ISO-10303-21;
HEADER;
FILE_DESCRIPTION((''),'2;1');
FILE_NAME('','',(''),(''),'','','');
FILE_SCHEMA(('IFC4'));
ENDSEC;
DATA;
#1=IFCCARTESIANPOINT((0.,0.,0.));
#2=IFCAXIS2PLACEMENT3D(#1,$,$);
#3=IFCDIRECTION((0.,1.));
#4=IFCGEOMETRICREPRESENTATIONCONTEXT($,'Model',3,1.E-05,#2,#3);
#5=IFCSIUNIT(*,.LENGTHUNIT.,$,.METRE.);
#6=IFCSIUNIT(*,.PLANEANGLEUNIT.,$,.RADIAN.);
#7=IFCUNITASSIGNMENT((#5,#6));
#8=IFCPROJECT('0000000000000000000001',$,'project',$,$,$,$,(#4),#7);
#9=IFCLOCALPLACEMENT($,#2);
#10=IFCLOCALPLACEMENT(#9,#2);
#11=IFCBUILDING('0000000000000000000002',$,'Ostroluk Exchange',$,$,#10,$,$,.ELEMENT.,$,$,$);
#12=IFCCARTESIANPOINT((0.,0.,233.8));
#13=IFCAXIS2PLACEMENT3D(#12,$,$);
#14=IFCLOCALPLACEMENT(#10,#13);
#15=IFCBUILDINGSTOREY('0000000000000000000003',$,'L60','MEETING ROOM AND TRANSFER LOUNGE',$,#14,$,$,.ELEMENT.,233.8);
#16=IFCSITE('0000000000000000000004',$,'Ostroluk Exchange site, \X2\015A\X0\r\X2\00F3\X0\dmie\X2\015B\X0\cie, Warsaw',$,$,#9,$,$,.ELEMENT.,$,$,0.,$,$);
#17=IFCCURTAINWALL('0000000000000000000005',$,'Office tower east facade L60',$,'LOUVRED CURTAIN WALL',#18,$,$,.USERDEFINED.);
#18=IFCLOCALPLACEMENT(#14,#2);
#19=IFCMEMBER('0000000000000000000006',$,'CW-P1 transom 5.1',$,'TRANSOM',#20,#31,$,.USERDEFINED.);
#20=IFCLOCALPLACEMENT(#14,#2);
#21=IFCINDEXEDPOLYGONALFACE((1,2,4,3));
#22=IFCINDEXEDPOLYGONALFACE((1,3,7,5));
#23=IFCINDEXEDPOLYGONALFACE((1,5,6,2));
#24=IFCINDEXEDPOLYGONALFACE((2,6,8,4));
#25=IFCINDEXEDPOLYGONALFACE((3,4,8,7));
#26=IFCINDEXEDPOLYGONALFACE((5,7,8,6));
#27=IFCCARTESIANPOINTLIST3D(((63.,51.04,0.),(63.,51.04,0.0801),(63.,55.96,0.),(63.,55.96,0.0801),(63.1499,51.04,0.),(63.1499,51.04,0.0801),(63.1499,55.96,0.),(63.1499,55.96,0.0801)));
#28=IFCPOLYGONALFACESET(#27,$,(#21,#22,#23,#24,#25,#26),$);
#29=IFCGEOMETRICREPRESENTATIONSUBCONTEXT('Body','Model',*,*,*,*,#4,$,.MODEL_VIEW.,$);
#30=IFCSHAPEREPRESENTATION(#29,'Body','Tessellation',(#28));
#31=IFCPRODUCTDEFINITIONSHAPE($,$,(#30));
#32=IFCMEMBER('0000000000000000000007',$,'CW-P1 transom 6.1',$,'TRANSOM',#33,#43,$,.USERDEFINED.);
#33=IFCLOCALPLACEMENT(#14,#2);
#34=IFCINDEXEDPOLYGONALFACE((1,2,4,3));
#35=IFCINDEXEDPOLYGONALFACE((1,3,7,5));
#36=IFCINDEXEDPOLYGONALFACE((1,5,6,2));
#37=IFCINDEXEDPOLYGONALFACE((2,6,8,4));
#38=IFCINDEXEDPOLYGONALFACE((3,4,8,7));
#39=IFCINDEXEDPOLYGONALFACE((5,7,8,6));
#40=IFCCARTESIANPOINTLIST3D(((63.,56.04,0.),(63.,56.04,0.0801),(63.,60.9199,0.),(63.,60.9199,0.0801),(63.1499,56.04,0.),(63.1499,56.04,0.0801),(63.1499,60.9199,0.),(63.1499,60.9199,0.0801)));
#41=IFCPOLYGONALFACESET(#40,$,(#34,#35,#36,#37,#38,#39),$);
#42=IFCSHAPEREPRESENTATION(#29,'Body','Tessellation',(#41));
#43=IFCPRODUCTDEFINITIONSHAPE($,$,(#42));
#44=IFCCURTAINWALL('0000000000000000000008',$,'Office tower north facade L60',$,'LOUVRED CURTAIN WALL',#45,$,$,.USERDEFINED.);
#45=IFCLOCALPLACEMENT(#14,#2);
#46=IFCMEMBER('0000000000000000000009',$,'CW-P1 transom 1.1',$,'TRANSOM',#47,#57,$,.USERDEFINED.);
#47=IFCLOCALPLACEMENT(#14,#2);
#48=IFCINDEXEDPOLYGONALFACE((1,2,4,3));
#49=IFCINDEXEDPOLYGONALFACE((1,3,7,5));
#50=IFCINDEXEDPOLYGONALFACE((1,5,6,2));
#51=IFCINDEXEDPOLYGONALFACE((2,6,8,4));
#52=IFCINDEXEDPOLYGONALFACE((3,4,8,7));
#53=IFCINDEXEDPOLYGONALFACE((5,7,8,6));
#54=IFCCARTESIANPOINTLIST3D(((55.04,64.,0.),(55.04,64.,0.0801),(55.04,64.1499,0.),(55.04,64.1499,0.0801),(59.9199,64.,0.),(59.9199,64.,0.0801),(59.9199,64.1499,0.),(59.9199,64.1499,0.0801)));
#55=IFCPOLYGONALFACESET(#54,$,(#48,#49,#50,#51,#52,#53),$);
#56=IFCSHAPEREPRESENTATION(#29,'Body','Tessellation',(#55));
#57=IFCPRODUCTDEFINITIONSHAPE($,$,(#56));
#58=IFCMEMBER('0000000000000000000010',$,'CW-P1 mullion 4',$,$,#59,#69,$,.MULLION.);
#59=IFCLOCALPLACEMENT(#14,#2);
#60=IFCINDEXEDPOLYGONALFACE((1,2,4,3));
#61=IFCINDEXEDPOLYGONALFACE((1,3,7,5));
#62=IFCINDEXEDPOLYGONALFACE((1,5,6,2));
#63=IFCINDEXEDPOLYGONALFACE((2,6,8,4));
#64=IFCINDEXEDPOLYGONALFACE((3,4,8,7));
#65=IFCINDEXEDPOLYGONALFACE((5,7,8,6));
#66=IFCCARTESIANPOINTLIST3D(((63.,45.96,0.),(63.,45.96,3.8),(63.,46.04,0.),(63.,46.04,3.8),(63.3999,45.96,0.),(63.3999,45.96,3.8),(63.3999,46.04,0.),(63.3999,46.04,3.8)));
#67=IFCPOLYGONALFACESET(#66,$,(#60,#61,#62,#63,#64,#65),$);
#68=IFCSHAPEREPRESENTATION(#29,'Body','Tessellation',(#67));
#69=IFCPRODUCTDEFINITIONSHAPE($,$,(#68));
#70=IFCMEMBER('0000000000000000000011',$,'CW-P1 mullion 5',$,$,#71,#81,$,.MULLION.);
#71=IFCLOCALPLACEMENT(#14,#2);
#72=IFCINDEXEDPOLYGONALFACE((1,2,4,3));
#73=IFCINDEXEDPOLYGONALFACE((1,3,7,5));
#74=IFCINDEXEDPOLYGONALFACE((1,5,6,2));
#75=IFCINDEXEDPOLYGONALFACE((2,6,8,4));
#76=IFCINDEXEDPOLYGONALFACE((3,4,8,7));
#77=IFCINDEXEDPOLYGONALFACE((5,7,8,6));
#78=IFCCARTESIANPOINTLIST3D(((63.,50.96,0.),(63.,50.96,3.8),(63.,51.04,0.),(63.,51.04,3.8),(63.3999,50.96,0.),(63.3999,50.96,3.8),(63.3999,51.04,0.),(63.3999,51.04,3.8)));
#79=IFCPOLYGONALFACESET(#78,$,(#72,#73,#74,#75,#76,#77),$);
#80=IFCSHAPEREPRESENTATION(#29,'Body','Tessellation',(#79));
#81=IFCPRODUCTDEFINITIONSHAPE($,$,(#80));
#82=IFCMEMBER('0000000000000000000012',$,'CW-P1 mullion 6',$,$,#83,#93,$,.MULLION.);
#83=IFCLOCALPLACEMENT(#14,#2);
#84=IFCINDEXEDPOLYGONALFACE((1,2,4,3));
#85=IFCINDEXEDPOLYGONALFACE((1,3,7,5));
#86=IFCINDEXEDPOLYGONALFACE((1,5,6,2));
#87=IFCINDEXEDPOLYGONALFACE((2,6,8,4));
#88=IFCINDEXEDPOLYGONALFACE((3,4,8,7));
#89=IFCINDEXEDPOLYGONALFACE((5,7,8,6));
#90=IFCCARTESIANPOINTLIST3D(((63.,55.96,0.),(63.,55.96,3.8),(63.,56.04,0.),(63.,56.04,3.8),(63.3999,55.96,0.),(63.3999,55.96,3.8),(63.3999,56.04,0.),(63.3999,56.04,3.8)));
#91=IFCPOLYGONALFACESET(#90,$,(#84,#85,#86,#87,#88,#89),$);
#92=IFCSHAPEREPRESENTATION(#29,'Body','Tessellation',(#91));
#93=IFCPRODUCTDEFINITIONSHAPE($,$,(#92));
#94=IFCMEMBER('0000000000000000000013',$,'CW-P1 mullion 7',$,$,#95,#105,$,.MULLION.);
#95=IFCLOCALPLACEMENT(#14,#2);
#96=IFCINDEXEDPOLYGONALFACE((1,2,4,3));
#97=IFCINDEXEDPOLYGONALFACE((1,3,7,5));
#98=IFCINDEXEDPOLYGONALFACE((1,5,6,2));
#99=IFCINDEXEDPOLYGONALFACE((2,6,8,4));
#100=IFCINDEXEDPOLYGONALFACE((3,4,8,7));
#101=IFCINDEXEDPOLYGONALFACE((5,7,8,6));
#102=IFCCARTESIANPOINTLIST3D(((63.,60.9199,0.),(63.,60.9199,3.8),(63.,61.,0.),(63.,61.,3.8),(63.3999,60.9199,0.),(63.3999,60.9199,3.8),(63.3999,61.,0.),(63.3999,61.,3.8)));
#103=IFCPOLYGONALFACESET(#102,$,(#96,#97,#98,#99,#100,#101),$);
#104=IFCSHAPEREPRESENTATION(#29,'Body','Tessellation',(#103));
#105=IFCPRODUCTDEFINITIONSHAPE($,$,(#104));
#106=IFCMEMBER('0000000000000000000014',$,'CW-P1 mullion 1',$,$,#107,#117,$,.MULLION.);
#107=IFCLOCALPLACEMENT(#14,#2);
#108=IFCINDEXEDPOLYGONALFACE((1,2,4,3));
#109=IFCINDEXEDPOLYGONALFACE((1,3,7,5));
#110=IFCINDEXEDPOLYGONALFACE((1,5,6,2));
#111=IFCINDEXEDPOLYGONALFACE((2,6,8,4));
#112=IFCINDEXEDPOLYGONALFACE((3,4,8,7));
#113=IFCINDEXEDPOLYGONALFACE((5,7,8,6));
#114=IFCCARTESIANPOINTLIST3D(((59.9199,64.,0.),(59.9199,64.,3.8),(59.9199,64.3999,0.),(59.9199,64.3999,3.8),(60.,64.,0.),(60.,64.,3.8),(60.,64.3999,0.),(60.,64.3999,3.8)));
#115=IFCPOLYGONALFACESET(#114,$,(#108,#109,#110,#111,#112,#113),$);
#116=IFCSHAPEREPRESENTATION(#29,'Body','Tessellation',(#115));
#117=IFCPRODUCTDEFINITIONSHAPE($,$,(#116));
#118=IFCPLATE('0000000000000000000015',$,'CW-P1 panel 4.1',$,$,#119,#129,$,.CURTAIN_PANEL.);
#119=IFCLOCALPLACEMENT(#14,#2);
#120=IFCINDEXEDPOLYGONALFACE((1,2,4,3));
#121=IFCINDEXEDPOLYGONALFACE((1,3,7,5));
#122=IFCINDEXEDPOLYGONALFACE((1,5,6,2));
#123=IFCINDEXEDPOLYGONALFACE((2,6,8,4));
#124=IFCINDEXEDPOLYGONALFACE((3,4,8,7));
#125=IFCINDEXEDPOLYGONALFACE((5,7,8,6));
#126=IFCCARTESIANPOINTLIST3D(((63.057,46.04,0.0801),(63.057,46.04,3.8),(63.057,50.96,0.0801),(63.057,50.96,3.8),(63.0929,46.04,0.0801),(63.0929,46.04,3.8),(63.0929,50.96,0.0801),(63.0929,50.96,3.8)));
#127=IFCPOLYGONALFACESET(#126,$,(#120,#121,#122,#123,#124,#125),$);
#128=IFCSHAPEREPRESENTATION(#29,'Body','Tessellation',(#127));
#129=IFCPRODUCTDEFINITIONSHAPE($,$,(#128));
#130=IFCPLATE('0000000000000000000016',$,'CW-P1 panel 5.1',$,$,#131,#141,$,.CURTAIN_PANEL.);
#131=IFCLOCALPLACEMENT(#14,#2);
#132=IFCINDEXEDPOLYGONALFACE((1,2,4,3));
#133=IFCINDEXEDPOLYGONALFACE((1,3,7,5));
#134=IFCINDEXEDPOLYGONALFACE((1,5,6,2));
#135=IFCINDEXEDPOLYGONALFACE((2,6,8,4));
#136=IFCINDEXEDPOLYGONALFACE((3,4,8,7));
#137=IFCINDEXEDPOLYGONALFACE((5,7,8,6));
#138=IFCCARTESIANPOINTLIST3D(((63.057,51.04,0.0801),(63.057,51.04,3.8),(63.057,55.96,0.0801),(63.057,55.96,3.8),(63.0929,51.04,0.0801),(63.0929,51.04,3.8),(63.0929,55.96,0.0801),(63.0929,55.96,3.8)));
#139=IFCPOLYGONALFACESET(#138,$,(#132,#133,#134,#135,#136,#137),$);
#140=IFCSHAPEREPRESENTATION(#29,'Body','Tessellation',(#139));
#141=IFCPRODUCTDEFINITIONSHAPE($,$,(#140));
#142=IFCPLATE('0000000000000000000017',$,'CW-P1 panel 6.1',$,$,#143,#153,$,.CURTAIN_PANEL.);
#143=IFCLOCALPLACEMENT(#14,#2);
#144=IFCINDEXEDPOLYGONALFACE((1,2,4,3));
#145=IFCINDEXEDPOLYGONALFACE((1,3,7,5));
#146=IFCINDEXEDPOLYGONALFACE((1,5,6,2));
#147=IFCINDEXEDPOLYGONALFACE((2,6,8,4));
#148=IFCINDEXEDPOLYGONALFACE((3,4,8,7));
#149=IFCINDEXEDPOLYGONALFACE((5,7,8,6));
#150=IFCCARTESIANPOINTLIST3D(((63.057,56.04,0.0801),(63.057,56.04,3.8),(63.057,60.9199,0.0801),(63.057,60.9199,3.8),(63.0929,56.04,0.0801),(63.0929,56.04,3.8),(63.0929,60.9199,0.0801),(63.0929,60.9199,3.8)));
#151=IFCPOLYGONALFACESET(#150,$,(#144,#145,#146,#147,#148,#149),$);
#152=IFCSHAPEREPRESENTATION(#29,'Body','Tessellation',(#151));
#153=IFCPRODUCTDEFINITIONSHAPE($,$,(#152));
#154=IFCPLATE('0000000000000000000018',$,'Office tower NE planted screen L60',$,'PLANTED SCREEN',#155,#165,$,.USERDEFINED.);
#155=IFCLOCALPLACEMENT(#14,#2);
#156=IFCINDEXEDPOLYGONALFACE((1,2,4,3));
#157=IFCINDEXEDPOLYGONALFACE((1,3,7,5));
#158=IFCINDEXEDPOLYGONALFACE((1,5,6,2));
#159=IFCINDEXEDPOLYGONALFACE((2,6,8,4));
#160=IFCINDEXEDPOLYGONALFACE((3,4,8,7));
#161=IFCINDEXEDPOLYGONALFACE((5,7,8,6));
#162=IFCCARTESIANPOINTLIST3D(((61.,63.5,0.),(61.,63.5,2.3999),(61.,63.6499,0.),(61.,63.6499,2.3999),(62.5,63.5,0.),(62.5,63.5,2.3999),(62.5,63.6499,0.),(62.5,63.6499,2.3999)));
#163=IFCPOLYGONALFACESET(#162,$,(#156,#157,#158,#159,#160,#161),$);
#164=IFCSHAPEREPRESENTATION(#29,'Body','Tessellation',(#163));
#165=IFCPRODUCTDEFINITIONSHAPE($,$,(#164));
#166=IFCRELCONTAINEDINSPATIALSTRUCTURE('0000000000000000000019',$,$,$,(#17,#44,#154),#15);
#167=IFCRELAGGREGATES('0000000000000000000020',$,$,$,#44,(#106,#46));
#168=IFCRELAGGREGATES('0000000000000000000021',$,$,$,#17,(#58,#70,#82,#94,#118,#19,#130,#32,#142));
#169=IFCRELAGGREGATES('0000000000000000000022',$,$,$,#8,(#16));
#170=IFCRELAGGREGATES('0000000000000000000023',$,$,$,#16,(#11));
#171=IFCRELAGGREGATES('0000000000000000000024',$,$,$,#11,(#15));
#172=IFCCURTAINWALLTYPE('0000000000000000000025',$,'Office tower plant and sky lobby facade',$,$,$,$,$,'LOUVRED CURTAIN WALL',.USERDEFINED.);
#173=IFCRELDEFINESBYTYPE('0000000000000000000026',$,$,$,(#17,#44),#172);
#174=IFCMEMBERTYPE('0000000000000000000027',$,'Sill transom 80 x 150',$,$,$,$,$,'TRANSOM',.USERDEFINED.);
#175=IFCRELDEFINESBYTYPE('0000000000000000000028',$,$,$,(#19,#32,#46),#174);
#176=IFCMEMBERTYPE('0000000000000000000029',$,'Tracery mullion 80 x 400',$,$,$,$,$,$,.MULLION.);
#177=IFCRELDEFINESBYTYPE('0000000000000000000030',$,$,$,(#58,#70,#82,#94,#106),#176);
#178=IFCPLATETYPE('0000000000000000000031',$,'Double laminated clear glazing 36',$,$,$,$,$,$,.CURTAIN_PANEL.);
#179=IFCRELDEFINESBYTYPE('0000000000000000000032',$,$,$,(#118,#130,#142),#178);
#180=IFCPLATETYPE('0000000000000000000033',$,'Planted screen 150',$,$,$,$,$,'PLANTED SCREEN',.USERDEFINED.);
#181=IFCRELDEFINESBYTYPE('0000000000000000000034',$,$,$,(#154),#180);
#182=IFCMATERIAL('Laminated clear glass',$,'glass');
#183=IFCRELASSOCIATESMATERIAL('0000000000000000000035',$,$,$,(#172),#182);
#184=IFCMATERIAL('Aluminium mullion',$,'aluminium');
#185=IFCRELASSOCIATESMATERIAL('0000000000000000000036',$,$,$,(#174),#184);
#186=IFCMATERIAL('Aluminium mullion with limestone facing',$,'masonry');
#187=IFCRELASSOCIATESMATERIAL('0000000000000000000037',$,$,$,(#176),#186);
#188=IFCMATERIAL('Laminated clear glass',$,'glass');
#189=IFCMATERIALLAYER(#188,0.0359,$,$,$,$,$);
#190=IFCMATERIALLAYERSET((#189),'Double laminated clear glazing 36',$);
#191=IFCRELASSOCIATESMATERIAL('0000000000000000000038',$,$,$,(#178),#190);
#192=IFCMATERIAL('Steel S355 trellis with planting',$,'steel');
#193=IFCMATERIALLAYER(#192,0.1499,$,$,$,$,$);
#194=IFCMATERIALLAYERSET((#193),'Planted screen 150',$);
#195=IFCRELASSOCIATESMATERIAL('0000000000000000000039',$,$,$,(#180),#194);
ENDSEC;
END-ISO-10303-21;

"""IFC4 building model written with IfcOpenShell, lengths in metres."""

from ifc_helpers import new_model, si_unit, direction, frame, origin, origin_2d, place, context, subcontext, project, spatial, rectangle, extrude, material, layer, layer_set, material_profile, profile_set, type_object, element, aggregate, save


model = new_model("IFC4")

# Units and contexts
model_context = context("Model", 3, precision=1e-05, world=origin(), true_north=direction((0.0, 1.0)))
body_context = subcontext(model_context, "Body", "Model", "MODEL_VIEW")
ifc_project = project(units=[si_unit("LENGTHUNIT", "METRE"), si_unit("PLANEANGLEUNIT", "RADIAN")], contexts=[model_context])

# Site, building, storey
site_placement = place(None, origin())
site = spatial("IfcSite", under=ifc_project, at=site_placement, Name="Ostroluk Exchange site, Śródmieście, Warsaw", CompositionType="ELEMENT", RefElevation=0.0)
building_placement = place(site_placement, origin())
building = spatial("IfcBuilding", under=site, at=building_placement, Name="Ostroluk Exchange", CompositionType="ELEMENT")
storey_placement = place(building_placement, frame((0.0, 0.0, 233.8)))
storey = spatial("IfcBuildingStorey", under=building, at=storey_placement, Name="L60", Description="MEETING ROOM AND TRANSFER LOUNGE", CompositionType="ELEMENT", Elevation=233.8)

# Curtain wall, members
ifc_material_1 = material(Name="Laminated clear glass", Category="glass")
curtain_wall_type = type_object("IfcCurtainWallType", Name="Office tower plant and sky lobby facade", ElementType="LOUVRED CURTAIN WALL", PredefinedType="USERDEFINED", material=ifc_material_1)
curtain_wall_1_placement = place(storey_placement, origin())
curtain_wall_1 = element("IfcCurtainWall", 1, at=curtain_wall_1_placement, inside=storey, type_object=curtain_wall_type, Name="Office tower east facade L60", ObjectType="LOUVRED CURTAIN WALL", PredefinedType="USERDEFINED")
ifc_material_2 = material(Name="Aluminium mullion", Category="aluminium")
ifc_material_profile_1 = material_profile(ifc_material_2, rectangle(XDim=0.1499, YDim=0.0801, at=origin_2d()), Name="Sill transom 80 x 150")
ifc_profile_set_1 = profile_set([ifc_material_profile_1], Name="Aluminium mullion")
member_type_1 = type_object("IfcMemberType", Name="Sill transom 80 x 150", ElementType="TRANSOM", PredefinedType="USERDEFINED", material=ifc_profile_set_1)
member_1_placement = place(storey_placement, frame((63.075, 51.04, 0.04), z_axis=(0.0, 1.0, 0.0), x_axis=(-1.0, 0.0, 0.0)))
member_1 = element("IfcMember", 2, at=member_1_placement, type_object=member_type_1, Name="CW-P1 transom 5.1", ObjectType="TRANSOM", PredefinedType="USERDEFINED", context=body_context, shape_type="SweptSolid", body=[
    extrude(rectangle(XDim=0.1499, YDim=0.0801, at=origin_2d()), origin(), (0.0, 0.0, 1.0), 4.9199),
])
member_2_placement = place(storey_placement, frame((63.075, 56.04, 0.04), z_axis=(0.0, 1.0, 0.0), x_axis=(-1.0, 0.0, 0.0)))
member_2 = element("IfcMember", 3, at=member_2_placement, type_object=member_type_1, Name="CW-P1 transom 6.1", ObjectType="TRANSOM", PredefinedType="USERDEFINED", context=body_context, shape_type="SweptSolid", body=[
    extrude(rectangle(XDim=0.1499, YDim=0.0801, at=origin_2d()), origin(), (0.0, 0.0, 1.0), 4.8799),
])

# Curtain wall, member
curtain_wall_2_placement = place(storey_placement, origin())
curtain_wall_2 = element("IfcCurtainWall", 4, at=curtain_wall_2_placement, inside=storey, type_object=curtain_wall_type, Name="Office tower north facade L60", ObjectType="LOUVRED CURTAIN WALL", PredefinedType="USERDEFINED")
member_3_placement = place(storey_placement, frame((59.9199, 64.075, 0.04), z_axis=(-1.0, 0.0, 0.0), x_axis=(0.0, -1.0, 0.0)))
member_3 = element("IfcMember", 5, at=member_3_placement, type_object=member_type_1, Name="CW-P1 transom 1.1", ObjectType="TRANSOM", PredefinedType="USERDEFINED", context=body_context, shape_type="SweptSolid", body=[
    extrude(rectangle(XDim=0.1499, YDim=0.0801, at=origin_2d()), origin(), (0.0, 0.0, 1.0), 4.8799),
])

# Members
ifc_material_3 = material(Name="Aluminium mullion with limestone facing", Category="masonry")
ifc_material_profile_2 = material_profile(ifc_material_3, rectangle(XDim=0.3999, YDim=0.0801, at=origin_2d()), Name="Tracery mullion 80 x 400")
ifc_profile_set_2 = profile_set([ifc_material_profile_2], Name="Aluminium mullion with limestone facing")
member_type_2 = type_object("IfcMemberType", Name="Tracery mullion 80 x 400", PredefinedType="MULLION", material=ifc_profile_set_2)
member_4_placement = place(storey_placement, frame((63.2, 46.0, 0.0), z_axis=(0.0, 0.0, 1.0), x_axis=(-1.0, 0.0, 0.0)))
member_4 = element("IfcMember", 6, at=member_4_placement, type_object=member_type_2, Name="CW-P1 mullion 4", PredefinedType="MULLION", context=body_context, shape_type="SweptSolid", body=[
    extrude(rectangle(XDim=0.3999, YDim=0.0801, at=origin_2d()), origin(), (0.0, 0.0, 1.0), 3.8),
])
member_5_placement = place(storey_placement, frame((63.2, 51.0, 0.0), z_axis=(0.0, 0.0, 1.0), x_axis=(-1.0, 0.0, 0.0)))
member_5 = element("IfcMember", 7, at=member_5_placement, type_object=member_type_2, Name="CW-P1 mullion 5", PredefinedType="MULLION", context=body_context, shape_type="SweptSolid", body=[
    extrude(rectangle(XDim=0.3999, YDim=0.0801, at=origin_2d()), origin(), (0.0, 0.0, 1.0), 3.8),
])
member_6_placement = place(storey_placement, frame((63.2, 56.0, 0.0), z_axis=(0.0, 0.0, 1.0), x_axis=(-1.0, 0.0, 0.0)))
member_6 = element("IfcMember", 8, at=member_6_placement, type_object=member_type_2, Name="CW-P1 mullion 6", PredefinedType="MULLION", context=body_context, shape_type="SweptSolid", body=[
    extrude(rectangle(XDim=0.3999, YDim=0.0801, at=origin_2d()), origin(), (0.0, 0.0, 1.0), 3.8),
])
member_7_placement = place(storey_placement, frame((63.2, 60.96, 0.0), z_axis=(0.0, 0.0, 1.0), x_axis=(-1.0, 0.0, 0.0)))
member_7 = element("IfcMember", 9, at=member_7_placement, type_object=member_type_2, Name="CW-P1 mullion 7", PredefinedType="MULLION", context=body_context, shape_type="SweptSolid", body=[
    extrude(rectangle(XDim=0.3999, YDim=0.0801, at=origin_2d()), origin(), (0.0, 0.0, 1.0), 3.8),
])
member_8_placement = place(storey_placement, frame((59.96, 64.2, 0.0), z_axis=(0.0, 0.0, 1.0), x_axis=(0.0, -1.0, 0.0)))
member_8 = element("IfcMember", 10, at=member_8_placement, type_object=member_type_2, Name="CW-P1 mullion 1", PredefinedType="MULLION", context=body_context, shape_type="SweptSolid", body=[
    extrude(rectangle(XDim=0.3999, YDim=0.0801, at=origin_2d()), origin(), (0.0, 0.0, 1.0), 3.8),
])
aggregate(curtain_wall_2, [member_8, member_3])

# Plates
ifc_material_4 = material(Name="Laminated clear glass", Category="glass")
ifc_layer_1 = layer(ifc_material_4, 0.0359)
ifc_layer_set_1 = layer_set([ifc_layer_1], Name="Double laminated clear glazing 36")
plate_type_1 = type_object("IfcPlateType", Name="Double laminated clear glazing 36", PredefinedType="CURTAIN_PANEL", material=ifc_layer_set_1)
plate_1_placement = place(storey_placement, frame((63.075, 48.5, 0.0801), z_axis=(0.0, 0.0, 1.0), x_axis=(0.0, 1.0, 0.0)))
plate_1 = element("IfcPlate", 11, at=plate_1_placement, type_object=plate_type_1, Name="CW-P1 panel 4.1", PredefinedType="CURTAIN_PANEL", context=body_context, shape_type="SweptSolid", body=[
    extrude(rectangle(XDim=4.9199, YDim=0.0359, at=origin_2d()), origin(), (0.0, 0.0, 1.0), 3.72),
])
plate_2_placement = place(storey_placement, frame((63.075, 53.5, 0.0801), z_axis=(0.0, 0.0, 1.0), x_axis=(0.0, 1.0, 0.0)))
plate_2 = element("IfcPlate", 12, at=plate_2_placement, type_object=plate_type_1, Name="CW-P1 panel 5.1", PredefinedType="CURTAIN_PANEL", context=body_context, shape_type="SweptSolid", body=[
    extrude(rectangle(XDim=4.9199, YDim=0.0359, at=origin_2d()), origin(), (0.0, 0.0, 1.0), 3.72),
])
plate_3_placement = place(storey_placement, frame((63.075, 58.48, 0.0801), z_axis=(0.0, 0.0, 1.0), x_axis=(0.0, 1.0, 0.0)))
plate_3 = element("IfcPlate", 13, at=plate_3_placement, type_object=plate_type_1, Name="CW-P1 panel 6.1", PredefinedType="CURTAIN_PANEL", context=body_context, shape_type="SweptSolid", body=[
    extrude(rectangle(XDim=4.8799, YDim=0.0359, at=origin_2d()), origin(), (0.0, 0.0, 1.0), 3.72),
])
aggregate(curtain_wall_1, [member_4, member_5, member_6, member_7, plate_1, member_1, plate_2, member_2, plate_3])
ifc_material_5 = material(Name="Steel S355 trellis with planting", Category="steel")
ifc_layer_2 = layer(ifc_material_5, 0.1499)
ifc_layer_set_2 = layer_set([ifc_layer_2], Name="Planted screen 150")
plate_type_2 = type_object("IfcPlateType", Name="Planted screen 150", ElementType="PLANTED SCREEN", PredefinedType="USERDEFINED", material=ifc_layer_set_2)
plate_4_placement = place(storey_placement, frame((61.75, 63.575, 0.0), z_axis=(0.0, 0.0, 1.0), x_axis=(1.0, 0.0, 0.0)))
element("IfcPlate", 14, at=plate_4_placement, inside=storey, type_object=plate_type_2, Name="Office tower NE planted screen L60", ObjectType="PLANTED SCREEN", PredefinedType="USERDEFINED", context=body_context, shape_type="SweptSolid", body=[
    extrude(rectangle(XDim=1.5, YDim=0.1499, at=origin_2d()), origin(), (0.0, 0.0, 1.0), 2.3999),
])

save(model, "model.ifc")
